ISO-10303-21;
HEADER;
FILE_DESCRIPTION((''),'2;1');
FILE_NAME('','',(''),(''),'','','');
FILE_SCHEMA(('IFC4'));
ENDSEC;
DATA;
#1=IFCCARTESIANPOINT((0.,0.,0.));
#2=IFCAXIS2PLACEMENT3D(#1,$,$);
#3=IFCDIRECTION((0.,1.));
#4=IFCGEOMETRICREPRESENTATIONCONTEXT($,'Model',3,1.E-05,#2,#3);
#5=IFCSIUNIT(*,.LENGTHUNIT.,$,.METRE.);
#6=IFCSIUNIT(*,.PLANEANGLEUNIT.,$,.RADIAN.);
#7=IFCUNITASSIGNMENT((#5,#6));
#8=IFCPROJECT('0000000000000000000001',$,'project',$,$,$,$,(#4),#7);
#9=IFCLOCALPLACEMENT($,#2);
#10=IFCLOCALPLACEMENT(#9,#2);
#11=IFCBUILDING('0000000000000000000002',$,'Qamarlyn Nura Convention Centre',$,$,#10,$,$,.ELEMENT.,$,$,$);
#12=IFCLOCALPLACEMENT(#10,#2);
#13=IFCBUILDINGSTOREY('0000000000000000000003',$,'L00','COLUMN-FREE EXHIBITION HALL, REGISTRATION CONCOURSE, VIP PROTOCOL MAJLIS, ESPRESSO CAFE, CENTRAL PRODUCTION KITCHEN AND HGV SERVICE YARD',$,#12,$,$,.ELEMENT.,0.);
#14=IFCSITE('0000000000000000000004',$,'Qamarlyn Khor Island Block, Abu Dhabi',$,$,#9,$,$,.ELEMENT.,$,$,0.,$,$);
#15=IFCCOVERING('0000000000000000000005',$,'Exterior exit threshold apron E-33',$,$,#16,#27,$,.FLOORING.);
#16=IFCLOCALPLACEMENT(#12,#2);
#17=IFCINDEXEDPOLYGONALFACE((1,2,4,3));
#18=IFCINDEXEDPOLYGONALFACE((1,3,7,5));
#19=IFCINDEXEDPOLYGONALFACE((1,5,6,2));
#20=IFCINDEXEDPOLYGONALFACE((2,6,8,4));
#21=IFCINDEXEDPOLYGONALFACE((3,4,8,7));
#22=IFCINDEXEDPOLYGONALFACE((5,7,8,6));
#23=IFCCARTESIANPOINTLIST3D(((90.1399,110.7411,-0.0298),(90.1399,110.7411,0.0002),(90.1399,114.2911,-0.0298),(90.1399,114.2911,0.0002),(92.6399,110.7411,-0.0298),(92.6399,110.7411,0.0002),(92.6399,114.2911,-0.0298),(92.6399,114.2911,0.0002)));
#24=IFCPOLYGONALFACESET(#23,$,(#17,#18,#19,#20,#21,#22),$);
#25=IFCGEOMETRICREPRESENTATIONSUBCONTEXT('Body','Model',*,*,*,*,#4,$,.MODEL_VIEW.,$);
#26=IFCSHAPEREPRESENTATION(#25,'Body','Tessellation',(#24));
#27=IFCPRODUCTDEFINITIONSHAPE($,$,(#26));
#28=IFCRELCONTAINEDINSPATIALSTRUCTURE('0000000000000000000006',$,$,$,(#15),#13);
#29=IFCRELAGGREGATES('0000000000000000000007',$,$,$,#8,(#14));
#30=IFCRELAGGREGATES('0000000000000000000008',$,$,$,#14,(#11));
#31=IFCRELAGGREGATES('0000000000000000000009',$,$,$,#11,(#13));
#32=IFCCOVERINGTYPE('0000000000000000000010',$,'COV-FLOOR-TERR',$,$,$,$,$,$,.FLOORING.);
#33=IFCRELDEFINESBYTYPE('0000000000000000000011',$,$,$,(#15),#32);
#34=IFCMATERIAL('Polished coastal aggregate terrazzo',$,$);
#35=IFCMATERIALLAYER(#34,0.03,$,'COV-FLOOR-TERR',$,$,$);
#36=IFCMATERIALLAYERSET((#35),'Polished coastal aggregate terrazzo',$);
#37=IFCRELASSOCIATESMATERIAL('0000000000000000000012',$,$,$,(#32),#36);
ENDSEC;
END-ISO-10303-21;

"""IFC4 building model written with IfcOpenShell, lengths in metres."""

from ifc_helpers import new_model, si_unit, direction, frame, origin, origin_2d, place, context, subcontext, project, spatial, rectangle, extrude, material, layer, layer_set, type_object, element, save


model = new_model("IFC4")

# Units and contexts
model_context = context("Model", 3, precision=1e-05, world=origin(), true_north=direction((0.0, 1.0)))
body_context = subcontext(model_context, "Body", "Model", "MODEL_VIEW")
ifc_project = project(units=[si_unit("LENGTHUNIT", "METRE"), si_unit("PLANEANGLEUNIT", "RADIAN")], contexts=[model_context])

# Site, building, storey
site_placement = place(None, origin())
site = spatial("IfcSite", under=ifc_project, at=site_placement, Name="Qamarlyn Khor Island Block, Abu Dhabi", CompositionType="ELEMENT", RefElevation=0.0)
building_placement = place(site_placement, origin())
building = spatial("IfcBuilding", under=site, at=building_placement, Name="Qamarlyn Nura Convention Centre", CompositionType="ELEMENT")
storey_placement = place(building_placement, origin())
storey = spatial("IfcBuildingStorey", under=building, at=storey_placement, Name="L00", Description="COLUMN-FREE EXHIBITION HALL, REGISTRATION CONCOURSE, VIP PROTOCOL MAJLIS, ESPRESSO CAFE, CENTRAL PRODUCTION KITCHEN AND HGV SERVICE YARD", CompositionType="ELEMENT", Elevation=0.0)

# Covering
ifc_material_1 = material(Name="Polished coastal aggregate terrazzo")
ifc_layer_1 = layer(ifc_material_1, 0.03, Name="COV-FLOOR-TERR")
ifc_layer_set_1 = layer_set([ifc_layer_1], Name="Polished coastal aggregate terrazzo")
covering_type = type_object("IfcCoveringType", Name="COV-FLOOR-TERR", PredefinedType="FLOORING", material=ifc_layer_set_1)
covering_1_placement = place(storey_placement, frame((91.3899, 112.5161, -0.0298), z_axis=(0.0, 0.0, 1.0), x_axis=(0.0, -1.0, 0.0)))
element("IfcCovering", 1, at=covering_1_placement, inside=storey, type_object=covering_type, Name="Exterior exit threshold apron E-33", PredefinedType="FLOORING", context=body_context, shape_type="SweptSolid", body=[
    extrude(rectangle(XDim=3.55, YDim=2.5, at=origin_2d()), origin(), (0.0, 0.0, 1.0), 0.03),
])

save(model, "model.ifc")
